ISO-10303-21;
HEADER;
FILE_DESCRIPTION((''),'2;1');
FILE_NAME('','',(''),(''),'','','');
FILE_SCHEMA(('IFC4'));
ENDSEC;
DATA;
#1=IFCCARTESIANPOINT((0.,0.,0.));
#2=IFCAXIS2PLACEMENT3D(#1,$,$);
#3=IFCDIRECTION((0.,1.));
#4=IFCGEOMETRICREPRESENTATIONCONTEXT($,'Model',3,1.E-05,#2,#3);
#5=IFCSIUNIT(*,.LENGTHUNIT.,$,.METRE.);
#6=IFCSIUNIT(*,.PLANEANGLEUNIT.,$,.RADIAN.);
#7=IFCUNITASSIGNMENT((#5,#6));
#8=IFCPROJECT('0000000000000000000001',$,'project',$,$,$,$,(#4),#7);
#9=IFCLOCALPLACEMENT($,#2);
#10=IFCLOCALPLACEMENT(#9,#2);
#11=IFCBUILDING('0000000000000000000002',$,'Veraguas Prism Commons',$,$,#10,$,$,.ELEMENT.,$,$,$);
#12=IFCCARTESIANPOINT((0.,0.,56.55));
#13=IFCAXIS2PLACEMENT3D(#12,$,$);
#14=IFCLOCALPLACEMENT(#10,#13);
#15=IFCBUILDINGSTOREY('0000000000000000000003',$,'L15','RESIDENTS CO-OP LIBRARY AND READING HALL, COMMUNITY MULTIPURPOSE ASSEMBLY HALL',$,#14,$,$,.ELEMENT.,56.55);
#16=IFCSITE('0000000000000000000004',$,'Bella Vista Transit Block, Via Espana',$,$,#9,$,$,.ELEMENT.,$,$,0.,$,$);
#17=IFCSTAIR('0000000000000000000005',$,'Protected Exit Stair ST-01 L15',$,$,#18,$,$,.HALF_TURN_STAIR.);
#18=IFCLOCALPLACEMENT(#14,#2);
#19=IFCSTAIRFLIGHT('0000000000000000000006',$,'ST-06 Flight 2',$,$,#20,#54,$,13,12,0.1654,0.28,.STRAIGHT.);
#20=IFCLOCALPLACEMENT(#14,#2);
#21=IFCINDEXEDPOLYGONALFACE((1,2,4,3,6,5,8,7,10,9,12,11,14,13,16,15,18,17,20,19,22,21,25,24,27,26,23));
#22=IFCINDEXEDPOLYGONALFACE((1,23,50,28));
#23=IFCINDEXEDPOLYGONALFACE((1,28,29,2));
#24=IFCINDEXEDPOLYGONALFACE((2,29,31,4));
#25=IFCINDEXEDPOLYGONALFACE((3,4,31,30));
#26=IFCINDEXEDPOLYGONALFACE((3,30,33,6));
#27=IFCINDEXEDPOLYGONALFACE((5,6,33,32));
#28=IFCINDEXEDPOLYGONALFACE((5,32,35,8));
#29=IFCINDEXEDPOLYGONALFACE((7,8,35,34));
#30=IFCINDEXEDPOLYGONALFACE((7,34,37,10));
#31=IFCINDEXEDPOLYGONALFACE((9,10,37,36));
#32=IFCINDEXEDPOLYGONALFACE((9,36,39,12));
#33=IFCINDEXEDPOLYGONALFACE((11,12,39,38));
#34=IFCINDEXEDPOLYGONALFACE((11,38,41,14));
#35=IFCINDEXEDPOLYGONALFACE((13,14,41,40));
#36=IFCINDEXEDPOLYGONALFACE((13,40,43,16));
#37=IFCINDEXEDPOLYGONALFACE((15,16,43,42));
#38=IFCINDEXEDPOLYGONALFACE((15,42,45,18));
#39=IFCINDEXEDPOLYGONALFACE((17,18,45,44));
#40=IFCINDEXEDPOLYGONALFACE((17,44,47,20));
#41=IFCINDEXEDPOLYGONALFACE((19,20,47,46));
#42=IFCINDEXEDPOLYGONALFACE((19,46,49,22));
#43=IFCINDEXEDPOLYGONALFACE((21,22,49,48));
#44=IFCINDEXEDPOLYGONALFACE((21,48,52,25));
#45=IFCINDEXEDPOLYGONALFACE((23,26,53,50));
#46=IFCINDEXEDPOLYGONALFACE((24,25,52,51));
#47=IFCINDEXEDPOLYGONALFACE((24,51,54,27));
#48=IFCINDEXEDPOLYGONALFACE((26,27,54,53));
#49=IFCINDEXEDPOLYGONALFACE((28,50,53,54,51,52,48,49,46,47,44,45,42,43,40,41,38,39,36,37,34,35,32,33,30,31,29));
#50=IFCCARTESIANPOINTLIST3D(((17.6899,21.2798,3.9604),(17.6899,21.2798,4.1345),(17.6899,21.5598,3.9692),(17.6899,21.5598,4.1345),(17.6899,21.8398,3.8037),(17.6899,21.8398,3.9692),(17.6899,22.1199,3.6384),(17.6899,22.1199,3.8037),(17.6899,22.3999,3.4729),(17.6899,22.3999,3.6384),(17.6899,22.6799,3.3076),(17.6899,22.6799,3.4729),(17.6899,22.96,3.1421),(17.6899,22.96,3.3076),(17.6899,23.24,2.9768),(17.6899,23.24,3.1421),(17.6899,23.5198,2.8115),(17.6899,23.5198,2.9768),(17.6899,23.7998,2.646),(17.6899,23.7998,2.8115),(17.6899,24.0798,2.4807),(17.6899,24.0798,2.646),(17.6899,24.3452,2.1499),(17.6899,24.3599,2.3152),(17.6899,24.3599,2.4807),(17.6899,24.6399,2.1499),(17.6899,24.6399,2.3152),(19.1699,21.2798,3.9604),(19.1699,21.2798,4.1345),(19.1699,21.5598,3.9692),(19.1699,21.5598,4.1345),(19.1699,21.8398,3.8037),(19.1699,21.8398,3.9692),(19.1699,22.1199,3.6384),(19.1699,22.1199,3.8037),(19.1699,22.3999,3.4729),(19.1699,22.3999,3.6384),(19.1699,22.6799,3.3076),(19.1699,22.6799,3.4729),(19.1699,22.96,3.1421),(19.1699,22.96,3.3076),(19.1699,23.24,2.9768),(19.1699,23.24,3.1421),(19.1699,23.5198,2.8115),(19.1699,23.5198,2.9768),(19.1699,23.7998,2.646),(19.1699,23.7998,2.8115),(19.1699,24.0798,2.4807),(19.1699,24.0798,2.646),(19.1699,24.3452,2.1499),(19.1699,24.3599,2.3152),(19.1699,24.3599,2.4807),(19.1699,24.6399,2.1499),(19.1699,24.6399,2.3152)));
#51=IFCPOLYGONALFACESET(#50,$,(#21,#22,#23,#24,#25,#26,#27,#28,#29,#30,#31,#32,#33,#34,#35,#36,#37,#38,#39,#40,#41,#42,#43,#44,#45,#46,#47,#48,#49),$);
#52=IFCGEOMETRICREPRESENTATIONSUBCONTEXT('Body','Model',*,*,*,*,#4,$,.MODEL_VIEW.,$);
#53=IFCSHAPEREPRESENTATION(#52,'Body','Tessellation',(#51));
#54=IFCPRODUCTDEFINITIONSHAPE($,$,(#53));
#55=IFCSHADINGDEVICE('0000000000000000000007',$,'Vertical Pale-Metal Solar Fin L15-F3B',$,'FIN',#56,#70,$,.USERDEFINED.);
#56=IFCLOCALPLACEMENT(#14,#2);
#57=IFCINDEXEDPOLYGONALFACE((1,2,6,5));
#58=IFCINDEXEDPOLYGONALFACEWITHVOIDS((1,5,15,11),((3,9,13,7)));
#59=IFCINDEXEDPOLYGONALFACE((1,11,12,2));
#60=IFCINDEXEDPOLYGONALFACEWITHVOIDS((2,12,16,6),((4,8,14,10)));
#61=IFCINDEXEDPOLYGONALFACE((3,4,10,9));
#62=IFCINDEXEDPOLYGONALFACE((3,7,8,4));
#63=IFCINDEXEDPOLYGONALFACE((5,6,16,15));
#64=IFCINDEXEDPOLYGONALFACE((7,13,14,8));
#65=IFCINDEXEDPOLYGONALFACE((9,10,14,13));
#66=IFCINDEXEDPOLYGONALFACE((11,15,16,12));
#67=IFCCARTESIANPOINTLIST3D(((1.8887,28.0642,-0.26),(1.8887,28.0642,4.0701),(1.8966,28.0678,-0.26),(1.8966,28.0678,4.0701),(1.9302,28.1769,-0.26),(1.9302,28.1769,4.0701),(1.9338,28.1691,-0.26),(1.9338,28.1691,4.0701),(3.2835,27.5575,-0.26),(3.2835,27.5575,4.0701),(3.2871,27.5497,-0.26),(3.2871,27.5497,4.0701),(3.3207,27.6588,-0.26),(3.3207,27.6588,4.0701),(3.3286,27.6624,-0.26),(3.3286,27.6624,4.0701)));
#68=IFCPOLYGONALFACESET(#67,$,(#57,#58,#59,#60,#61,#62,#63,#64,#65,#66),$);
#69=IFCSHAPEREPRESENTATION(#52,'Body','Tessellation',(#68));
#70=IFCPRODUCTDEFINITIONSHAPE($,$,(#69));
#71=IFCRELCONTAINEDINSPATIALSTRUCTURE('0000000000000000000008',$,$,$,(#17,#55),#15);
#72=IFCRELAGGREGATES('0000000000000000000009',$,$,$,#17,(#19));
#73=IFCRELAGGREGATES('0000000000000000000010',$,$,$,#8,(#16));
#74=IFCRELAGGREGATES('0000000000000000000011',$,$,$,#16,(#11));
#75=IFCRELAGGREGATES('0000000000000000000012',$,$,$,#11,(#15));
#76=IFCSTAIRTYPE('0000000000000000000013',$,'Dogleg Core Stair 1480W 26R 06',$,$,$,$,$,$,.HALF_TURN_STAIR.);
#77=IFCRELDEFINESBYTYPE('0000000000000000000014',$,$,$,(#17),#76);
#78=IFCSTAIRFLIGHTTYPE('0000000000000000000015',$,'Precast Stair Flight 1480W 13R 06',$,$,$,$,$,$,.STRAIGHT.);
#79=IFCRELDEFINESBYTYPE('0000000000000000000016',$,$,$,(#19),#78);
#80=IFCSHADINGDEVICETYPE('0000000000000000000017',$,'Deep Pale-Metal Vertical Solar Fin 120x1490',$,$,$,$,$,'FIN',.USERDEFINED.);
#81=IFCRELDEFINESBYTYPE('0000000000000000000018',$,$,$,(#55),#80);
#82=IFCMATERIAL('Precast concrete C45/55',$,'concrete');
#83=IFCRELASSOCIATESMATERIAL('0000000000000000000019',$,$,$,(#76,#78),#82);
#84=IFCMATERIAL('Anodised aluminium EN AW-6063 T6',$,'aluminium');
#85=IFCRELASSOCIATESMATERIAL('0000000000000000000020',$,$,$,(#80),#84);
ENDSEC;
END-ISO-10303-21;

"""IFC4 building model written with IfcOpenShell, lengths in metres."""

from ifc_helpers import new_model, si_unit, direction, frame, origin, origin_2d, place, context, subcontext, project, spatial, polyline, hollow_rectangle, outline, extrude, material, material_profile, profile_set, type_object, element, aggregate, save


model = new_model("IFC4")

# Units and contexts
model_context = context("Model", 3, precision=1e-05, world=origin(), true_north=direction((0.0, 1.0)))
body_context = subcontext(model_context, "Body", "Model", "MODEL_VIEW")
ifc_project = project(units=[si_unit("LENGTHUNIT", "METRE"), si_unit("PLANEANGLEUNIT", "RADIAN")], contexts=[model_context])

# Site, building, storey
site_placement = place(None, origin())
site = spatial("IfcSite", under=ifc_project, at=site_placement, Name="Bella Vista Transit Block, Via Espana", CompositionType="ELEMENT", RefElevation=0.0)
building_placement = place(site_placement, origin())
building = spatial("IfcBuilding", under=site, at=building_placement, Name="Veraguas Prism Commons", CompositionType="ELEMENT")
storey_placement = place(building_placement, frame((0.0, 0.0, 56.55)))
storey = spatial("IfcBuildingStorey", under=building, at=storey_placement, Name="L15", Description="RESIDENTS CO-OP LIBRARY AND READING HALL, COMMUNITY MULTIPURPOSE ASSEMBLY HALL", CompositionType="ELEMENT", Elevation=56.55)

# Shared definitions
ifc_material_1 = material(Name="Anodised aluminium EN AW-6063 T6", Category="aluminium")

# Stair, stair flight
ifc_material_2 = material(Name="Precast concrete C45/55", Category="concrete")
stair_type = type_object("IfcStairType", Name="Dogleg Core Stair 1480W 26R 06", PredefinedType="HALF_TURN_STAIR", material=ifc_material_2)
stair_placement = place(storey_placement, origin())
stair = element("IfcStair", 1, at=stair_placement, inside=storey, type_object=stair_type, Name="Protected Exit Stair ST-01 L15", PredefinedType="HALF_TURN_STAIR")
stair_flight_type = type_object("IfcStairFlightType", Name="Precast Stair Flight 1480W 13R 06", PredefinedType="STRAIGHT", material=ifc_material_2)
stair_flight_1_placement = place(storey_placement, frame((18.4299, 24.6399, 2.1499), z_axis=(0.0, 0.0, 1.0), x_axis=(0.0, -1.0, 0.0)))
stair_flight_1 = element("IfcStairFlight", 2, at=stair_flight_1_placement, type_object=stair_flight_type, Name="ST-06 Flight 2", NumberOfRisers=13, NumberOfTreads=12, PredefinedType="STRAIGHT", RiserHeight=0.1654, TreadLength=0.28, context=body_context, shape_type="SweptSolid", body=[
    extrude(outline(polyline([(0.0, 0.0), (0.0, 0.1653), (0.28, 0.1653), (0.28, 0.3308), (0.5601, 0.3308), (0.5601, 0.4961), (0.8401, 0.4961), (0.8401, 0.6616), (1.1201, 0.6616), (1.1201, 0.8269), (1.3999, 0.8269), (1.3999, 0.9922), (1.6799, 0.9922), (1.6799, 1.1577), (1.96, 1.1577), (1.96, 1.323), (2.24, 1.323), (2.24, 1.4885), (2.52, 1.4885), (2.52, 1.6538), (2.8, 1.6538), (2.8, 1.8193), (3.0801, 1.8193), (3.0801, 1.9846), (3.3601, 1.9846), (3.3601, 2.1499), (3.3601, 1.8105), (0.2947, 0.0), (0.0, 0.0)])), frame((0.0, 0.74, 0.0), z_axis=(0.0, -1.0, 0.0), x_axis=(1.0, 0.0, 0.0)), (0.0, 0.0, 1.0), 1.48),
])
aggregate(stair, [stair_flight_1])

# Shading device
ifc_material_profile_1 = material_profile(ifc_material_1, hollow_rectangle(XDim=0.1201, YDim=1.49, WallThickness=0.0061, at=origin_2d()), Name="FIN120X1490X6")
ifc_profile_set_1 = profile_set([ifc_material_profile_1], Name="Anodised aluminium EN AW-6063 T6")
shading_device_type = type_object("IfcShadingDeviceType", Name="Deep Pale-Metal Vertical Solar Fin 120x1490", ElementType="FIN", PredefinedType="USERDEFINED", material=ifc_profile_set_1)
shading_device_placement = place(storey_placement, frame((2.6086, 27.8633, -0.26), z_axis=(0.0, 0.0, 1.0), x_axis=(-0.345301, -0.938492, 0.0)))
element("IfcShadingDevice", 3, at=shading_device_placement, inside=storey, type_object=shading_device_type, Name="Vertical Pale-Metal Solar Fin L15-F3B", ObjectType="FIN", PredefinedType="USERDEFINED", context=body_context, shape_type="SweptSolid", body=[
    extrude(hollow_rectangle(XDim=0.1201, YDim=1.49, WallThickness=0.0061, at=origin_2d()), origin(), (0.0, 0.0, 1.0), 4.3301),
])

save(model, "model.ifc")
